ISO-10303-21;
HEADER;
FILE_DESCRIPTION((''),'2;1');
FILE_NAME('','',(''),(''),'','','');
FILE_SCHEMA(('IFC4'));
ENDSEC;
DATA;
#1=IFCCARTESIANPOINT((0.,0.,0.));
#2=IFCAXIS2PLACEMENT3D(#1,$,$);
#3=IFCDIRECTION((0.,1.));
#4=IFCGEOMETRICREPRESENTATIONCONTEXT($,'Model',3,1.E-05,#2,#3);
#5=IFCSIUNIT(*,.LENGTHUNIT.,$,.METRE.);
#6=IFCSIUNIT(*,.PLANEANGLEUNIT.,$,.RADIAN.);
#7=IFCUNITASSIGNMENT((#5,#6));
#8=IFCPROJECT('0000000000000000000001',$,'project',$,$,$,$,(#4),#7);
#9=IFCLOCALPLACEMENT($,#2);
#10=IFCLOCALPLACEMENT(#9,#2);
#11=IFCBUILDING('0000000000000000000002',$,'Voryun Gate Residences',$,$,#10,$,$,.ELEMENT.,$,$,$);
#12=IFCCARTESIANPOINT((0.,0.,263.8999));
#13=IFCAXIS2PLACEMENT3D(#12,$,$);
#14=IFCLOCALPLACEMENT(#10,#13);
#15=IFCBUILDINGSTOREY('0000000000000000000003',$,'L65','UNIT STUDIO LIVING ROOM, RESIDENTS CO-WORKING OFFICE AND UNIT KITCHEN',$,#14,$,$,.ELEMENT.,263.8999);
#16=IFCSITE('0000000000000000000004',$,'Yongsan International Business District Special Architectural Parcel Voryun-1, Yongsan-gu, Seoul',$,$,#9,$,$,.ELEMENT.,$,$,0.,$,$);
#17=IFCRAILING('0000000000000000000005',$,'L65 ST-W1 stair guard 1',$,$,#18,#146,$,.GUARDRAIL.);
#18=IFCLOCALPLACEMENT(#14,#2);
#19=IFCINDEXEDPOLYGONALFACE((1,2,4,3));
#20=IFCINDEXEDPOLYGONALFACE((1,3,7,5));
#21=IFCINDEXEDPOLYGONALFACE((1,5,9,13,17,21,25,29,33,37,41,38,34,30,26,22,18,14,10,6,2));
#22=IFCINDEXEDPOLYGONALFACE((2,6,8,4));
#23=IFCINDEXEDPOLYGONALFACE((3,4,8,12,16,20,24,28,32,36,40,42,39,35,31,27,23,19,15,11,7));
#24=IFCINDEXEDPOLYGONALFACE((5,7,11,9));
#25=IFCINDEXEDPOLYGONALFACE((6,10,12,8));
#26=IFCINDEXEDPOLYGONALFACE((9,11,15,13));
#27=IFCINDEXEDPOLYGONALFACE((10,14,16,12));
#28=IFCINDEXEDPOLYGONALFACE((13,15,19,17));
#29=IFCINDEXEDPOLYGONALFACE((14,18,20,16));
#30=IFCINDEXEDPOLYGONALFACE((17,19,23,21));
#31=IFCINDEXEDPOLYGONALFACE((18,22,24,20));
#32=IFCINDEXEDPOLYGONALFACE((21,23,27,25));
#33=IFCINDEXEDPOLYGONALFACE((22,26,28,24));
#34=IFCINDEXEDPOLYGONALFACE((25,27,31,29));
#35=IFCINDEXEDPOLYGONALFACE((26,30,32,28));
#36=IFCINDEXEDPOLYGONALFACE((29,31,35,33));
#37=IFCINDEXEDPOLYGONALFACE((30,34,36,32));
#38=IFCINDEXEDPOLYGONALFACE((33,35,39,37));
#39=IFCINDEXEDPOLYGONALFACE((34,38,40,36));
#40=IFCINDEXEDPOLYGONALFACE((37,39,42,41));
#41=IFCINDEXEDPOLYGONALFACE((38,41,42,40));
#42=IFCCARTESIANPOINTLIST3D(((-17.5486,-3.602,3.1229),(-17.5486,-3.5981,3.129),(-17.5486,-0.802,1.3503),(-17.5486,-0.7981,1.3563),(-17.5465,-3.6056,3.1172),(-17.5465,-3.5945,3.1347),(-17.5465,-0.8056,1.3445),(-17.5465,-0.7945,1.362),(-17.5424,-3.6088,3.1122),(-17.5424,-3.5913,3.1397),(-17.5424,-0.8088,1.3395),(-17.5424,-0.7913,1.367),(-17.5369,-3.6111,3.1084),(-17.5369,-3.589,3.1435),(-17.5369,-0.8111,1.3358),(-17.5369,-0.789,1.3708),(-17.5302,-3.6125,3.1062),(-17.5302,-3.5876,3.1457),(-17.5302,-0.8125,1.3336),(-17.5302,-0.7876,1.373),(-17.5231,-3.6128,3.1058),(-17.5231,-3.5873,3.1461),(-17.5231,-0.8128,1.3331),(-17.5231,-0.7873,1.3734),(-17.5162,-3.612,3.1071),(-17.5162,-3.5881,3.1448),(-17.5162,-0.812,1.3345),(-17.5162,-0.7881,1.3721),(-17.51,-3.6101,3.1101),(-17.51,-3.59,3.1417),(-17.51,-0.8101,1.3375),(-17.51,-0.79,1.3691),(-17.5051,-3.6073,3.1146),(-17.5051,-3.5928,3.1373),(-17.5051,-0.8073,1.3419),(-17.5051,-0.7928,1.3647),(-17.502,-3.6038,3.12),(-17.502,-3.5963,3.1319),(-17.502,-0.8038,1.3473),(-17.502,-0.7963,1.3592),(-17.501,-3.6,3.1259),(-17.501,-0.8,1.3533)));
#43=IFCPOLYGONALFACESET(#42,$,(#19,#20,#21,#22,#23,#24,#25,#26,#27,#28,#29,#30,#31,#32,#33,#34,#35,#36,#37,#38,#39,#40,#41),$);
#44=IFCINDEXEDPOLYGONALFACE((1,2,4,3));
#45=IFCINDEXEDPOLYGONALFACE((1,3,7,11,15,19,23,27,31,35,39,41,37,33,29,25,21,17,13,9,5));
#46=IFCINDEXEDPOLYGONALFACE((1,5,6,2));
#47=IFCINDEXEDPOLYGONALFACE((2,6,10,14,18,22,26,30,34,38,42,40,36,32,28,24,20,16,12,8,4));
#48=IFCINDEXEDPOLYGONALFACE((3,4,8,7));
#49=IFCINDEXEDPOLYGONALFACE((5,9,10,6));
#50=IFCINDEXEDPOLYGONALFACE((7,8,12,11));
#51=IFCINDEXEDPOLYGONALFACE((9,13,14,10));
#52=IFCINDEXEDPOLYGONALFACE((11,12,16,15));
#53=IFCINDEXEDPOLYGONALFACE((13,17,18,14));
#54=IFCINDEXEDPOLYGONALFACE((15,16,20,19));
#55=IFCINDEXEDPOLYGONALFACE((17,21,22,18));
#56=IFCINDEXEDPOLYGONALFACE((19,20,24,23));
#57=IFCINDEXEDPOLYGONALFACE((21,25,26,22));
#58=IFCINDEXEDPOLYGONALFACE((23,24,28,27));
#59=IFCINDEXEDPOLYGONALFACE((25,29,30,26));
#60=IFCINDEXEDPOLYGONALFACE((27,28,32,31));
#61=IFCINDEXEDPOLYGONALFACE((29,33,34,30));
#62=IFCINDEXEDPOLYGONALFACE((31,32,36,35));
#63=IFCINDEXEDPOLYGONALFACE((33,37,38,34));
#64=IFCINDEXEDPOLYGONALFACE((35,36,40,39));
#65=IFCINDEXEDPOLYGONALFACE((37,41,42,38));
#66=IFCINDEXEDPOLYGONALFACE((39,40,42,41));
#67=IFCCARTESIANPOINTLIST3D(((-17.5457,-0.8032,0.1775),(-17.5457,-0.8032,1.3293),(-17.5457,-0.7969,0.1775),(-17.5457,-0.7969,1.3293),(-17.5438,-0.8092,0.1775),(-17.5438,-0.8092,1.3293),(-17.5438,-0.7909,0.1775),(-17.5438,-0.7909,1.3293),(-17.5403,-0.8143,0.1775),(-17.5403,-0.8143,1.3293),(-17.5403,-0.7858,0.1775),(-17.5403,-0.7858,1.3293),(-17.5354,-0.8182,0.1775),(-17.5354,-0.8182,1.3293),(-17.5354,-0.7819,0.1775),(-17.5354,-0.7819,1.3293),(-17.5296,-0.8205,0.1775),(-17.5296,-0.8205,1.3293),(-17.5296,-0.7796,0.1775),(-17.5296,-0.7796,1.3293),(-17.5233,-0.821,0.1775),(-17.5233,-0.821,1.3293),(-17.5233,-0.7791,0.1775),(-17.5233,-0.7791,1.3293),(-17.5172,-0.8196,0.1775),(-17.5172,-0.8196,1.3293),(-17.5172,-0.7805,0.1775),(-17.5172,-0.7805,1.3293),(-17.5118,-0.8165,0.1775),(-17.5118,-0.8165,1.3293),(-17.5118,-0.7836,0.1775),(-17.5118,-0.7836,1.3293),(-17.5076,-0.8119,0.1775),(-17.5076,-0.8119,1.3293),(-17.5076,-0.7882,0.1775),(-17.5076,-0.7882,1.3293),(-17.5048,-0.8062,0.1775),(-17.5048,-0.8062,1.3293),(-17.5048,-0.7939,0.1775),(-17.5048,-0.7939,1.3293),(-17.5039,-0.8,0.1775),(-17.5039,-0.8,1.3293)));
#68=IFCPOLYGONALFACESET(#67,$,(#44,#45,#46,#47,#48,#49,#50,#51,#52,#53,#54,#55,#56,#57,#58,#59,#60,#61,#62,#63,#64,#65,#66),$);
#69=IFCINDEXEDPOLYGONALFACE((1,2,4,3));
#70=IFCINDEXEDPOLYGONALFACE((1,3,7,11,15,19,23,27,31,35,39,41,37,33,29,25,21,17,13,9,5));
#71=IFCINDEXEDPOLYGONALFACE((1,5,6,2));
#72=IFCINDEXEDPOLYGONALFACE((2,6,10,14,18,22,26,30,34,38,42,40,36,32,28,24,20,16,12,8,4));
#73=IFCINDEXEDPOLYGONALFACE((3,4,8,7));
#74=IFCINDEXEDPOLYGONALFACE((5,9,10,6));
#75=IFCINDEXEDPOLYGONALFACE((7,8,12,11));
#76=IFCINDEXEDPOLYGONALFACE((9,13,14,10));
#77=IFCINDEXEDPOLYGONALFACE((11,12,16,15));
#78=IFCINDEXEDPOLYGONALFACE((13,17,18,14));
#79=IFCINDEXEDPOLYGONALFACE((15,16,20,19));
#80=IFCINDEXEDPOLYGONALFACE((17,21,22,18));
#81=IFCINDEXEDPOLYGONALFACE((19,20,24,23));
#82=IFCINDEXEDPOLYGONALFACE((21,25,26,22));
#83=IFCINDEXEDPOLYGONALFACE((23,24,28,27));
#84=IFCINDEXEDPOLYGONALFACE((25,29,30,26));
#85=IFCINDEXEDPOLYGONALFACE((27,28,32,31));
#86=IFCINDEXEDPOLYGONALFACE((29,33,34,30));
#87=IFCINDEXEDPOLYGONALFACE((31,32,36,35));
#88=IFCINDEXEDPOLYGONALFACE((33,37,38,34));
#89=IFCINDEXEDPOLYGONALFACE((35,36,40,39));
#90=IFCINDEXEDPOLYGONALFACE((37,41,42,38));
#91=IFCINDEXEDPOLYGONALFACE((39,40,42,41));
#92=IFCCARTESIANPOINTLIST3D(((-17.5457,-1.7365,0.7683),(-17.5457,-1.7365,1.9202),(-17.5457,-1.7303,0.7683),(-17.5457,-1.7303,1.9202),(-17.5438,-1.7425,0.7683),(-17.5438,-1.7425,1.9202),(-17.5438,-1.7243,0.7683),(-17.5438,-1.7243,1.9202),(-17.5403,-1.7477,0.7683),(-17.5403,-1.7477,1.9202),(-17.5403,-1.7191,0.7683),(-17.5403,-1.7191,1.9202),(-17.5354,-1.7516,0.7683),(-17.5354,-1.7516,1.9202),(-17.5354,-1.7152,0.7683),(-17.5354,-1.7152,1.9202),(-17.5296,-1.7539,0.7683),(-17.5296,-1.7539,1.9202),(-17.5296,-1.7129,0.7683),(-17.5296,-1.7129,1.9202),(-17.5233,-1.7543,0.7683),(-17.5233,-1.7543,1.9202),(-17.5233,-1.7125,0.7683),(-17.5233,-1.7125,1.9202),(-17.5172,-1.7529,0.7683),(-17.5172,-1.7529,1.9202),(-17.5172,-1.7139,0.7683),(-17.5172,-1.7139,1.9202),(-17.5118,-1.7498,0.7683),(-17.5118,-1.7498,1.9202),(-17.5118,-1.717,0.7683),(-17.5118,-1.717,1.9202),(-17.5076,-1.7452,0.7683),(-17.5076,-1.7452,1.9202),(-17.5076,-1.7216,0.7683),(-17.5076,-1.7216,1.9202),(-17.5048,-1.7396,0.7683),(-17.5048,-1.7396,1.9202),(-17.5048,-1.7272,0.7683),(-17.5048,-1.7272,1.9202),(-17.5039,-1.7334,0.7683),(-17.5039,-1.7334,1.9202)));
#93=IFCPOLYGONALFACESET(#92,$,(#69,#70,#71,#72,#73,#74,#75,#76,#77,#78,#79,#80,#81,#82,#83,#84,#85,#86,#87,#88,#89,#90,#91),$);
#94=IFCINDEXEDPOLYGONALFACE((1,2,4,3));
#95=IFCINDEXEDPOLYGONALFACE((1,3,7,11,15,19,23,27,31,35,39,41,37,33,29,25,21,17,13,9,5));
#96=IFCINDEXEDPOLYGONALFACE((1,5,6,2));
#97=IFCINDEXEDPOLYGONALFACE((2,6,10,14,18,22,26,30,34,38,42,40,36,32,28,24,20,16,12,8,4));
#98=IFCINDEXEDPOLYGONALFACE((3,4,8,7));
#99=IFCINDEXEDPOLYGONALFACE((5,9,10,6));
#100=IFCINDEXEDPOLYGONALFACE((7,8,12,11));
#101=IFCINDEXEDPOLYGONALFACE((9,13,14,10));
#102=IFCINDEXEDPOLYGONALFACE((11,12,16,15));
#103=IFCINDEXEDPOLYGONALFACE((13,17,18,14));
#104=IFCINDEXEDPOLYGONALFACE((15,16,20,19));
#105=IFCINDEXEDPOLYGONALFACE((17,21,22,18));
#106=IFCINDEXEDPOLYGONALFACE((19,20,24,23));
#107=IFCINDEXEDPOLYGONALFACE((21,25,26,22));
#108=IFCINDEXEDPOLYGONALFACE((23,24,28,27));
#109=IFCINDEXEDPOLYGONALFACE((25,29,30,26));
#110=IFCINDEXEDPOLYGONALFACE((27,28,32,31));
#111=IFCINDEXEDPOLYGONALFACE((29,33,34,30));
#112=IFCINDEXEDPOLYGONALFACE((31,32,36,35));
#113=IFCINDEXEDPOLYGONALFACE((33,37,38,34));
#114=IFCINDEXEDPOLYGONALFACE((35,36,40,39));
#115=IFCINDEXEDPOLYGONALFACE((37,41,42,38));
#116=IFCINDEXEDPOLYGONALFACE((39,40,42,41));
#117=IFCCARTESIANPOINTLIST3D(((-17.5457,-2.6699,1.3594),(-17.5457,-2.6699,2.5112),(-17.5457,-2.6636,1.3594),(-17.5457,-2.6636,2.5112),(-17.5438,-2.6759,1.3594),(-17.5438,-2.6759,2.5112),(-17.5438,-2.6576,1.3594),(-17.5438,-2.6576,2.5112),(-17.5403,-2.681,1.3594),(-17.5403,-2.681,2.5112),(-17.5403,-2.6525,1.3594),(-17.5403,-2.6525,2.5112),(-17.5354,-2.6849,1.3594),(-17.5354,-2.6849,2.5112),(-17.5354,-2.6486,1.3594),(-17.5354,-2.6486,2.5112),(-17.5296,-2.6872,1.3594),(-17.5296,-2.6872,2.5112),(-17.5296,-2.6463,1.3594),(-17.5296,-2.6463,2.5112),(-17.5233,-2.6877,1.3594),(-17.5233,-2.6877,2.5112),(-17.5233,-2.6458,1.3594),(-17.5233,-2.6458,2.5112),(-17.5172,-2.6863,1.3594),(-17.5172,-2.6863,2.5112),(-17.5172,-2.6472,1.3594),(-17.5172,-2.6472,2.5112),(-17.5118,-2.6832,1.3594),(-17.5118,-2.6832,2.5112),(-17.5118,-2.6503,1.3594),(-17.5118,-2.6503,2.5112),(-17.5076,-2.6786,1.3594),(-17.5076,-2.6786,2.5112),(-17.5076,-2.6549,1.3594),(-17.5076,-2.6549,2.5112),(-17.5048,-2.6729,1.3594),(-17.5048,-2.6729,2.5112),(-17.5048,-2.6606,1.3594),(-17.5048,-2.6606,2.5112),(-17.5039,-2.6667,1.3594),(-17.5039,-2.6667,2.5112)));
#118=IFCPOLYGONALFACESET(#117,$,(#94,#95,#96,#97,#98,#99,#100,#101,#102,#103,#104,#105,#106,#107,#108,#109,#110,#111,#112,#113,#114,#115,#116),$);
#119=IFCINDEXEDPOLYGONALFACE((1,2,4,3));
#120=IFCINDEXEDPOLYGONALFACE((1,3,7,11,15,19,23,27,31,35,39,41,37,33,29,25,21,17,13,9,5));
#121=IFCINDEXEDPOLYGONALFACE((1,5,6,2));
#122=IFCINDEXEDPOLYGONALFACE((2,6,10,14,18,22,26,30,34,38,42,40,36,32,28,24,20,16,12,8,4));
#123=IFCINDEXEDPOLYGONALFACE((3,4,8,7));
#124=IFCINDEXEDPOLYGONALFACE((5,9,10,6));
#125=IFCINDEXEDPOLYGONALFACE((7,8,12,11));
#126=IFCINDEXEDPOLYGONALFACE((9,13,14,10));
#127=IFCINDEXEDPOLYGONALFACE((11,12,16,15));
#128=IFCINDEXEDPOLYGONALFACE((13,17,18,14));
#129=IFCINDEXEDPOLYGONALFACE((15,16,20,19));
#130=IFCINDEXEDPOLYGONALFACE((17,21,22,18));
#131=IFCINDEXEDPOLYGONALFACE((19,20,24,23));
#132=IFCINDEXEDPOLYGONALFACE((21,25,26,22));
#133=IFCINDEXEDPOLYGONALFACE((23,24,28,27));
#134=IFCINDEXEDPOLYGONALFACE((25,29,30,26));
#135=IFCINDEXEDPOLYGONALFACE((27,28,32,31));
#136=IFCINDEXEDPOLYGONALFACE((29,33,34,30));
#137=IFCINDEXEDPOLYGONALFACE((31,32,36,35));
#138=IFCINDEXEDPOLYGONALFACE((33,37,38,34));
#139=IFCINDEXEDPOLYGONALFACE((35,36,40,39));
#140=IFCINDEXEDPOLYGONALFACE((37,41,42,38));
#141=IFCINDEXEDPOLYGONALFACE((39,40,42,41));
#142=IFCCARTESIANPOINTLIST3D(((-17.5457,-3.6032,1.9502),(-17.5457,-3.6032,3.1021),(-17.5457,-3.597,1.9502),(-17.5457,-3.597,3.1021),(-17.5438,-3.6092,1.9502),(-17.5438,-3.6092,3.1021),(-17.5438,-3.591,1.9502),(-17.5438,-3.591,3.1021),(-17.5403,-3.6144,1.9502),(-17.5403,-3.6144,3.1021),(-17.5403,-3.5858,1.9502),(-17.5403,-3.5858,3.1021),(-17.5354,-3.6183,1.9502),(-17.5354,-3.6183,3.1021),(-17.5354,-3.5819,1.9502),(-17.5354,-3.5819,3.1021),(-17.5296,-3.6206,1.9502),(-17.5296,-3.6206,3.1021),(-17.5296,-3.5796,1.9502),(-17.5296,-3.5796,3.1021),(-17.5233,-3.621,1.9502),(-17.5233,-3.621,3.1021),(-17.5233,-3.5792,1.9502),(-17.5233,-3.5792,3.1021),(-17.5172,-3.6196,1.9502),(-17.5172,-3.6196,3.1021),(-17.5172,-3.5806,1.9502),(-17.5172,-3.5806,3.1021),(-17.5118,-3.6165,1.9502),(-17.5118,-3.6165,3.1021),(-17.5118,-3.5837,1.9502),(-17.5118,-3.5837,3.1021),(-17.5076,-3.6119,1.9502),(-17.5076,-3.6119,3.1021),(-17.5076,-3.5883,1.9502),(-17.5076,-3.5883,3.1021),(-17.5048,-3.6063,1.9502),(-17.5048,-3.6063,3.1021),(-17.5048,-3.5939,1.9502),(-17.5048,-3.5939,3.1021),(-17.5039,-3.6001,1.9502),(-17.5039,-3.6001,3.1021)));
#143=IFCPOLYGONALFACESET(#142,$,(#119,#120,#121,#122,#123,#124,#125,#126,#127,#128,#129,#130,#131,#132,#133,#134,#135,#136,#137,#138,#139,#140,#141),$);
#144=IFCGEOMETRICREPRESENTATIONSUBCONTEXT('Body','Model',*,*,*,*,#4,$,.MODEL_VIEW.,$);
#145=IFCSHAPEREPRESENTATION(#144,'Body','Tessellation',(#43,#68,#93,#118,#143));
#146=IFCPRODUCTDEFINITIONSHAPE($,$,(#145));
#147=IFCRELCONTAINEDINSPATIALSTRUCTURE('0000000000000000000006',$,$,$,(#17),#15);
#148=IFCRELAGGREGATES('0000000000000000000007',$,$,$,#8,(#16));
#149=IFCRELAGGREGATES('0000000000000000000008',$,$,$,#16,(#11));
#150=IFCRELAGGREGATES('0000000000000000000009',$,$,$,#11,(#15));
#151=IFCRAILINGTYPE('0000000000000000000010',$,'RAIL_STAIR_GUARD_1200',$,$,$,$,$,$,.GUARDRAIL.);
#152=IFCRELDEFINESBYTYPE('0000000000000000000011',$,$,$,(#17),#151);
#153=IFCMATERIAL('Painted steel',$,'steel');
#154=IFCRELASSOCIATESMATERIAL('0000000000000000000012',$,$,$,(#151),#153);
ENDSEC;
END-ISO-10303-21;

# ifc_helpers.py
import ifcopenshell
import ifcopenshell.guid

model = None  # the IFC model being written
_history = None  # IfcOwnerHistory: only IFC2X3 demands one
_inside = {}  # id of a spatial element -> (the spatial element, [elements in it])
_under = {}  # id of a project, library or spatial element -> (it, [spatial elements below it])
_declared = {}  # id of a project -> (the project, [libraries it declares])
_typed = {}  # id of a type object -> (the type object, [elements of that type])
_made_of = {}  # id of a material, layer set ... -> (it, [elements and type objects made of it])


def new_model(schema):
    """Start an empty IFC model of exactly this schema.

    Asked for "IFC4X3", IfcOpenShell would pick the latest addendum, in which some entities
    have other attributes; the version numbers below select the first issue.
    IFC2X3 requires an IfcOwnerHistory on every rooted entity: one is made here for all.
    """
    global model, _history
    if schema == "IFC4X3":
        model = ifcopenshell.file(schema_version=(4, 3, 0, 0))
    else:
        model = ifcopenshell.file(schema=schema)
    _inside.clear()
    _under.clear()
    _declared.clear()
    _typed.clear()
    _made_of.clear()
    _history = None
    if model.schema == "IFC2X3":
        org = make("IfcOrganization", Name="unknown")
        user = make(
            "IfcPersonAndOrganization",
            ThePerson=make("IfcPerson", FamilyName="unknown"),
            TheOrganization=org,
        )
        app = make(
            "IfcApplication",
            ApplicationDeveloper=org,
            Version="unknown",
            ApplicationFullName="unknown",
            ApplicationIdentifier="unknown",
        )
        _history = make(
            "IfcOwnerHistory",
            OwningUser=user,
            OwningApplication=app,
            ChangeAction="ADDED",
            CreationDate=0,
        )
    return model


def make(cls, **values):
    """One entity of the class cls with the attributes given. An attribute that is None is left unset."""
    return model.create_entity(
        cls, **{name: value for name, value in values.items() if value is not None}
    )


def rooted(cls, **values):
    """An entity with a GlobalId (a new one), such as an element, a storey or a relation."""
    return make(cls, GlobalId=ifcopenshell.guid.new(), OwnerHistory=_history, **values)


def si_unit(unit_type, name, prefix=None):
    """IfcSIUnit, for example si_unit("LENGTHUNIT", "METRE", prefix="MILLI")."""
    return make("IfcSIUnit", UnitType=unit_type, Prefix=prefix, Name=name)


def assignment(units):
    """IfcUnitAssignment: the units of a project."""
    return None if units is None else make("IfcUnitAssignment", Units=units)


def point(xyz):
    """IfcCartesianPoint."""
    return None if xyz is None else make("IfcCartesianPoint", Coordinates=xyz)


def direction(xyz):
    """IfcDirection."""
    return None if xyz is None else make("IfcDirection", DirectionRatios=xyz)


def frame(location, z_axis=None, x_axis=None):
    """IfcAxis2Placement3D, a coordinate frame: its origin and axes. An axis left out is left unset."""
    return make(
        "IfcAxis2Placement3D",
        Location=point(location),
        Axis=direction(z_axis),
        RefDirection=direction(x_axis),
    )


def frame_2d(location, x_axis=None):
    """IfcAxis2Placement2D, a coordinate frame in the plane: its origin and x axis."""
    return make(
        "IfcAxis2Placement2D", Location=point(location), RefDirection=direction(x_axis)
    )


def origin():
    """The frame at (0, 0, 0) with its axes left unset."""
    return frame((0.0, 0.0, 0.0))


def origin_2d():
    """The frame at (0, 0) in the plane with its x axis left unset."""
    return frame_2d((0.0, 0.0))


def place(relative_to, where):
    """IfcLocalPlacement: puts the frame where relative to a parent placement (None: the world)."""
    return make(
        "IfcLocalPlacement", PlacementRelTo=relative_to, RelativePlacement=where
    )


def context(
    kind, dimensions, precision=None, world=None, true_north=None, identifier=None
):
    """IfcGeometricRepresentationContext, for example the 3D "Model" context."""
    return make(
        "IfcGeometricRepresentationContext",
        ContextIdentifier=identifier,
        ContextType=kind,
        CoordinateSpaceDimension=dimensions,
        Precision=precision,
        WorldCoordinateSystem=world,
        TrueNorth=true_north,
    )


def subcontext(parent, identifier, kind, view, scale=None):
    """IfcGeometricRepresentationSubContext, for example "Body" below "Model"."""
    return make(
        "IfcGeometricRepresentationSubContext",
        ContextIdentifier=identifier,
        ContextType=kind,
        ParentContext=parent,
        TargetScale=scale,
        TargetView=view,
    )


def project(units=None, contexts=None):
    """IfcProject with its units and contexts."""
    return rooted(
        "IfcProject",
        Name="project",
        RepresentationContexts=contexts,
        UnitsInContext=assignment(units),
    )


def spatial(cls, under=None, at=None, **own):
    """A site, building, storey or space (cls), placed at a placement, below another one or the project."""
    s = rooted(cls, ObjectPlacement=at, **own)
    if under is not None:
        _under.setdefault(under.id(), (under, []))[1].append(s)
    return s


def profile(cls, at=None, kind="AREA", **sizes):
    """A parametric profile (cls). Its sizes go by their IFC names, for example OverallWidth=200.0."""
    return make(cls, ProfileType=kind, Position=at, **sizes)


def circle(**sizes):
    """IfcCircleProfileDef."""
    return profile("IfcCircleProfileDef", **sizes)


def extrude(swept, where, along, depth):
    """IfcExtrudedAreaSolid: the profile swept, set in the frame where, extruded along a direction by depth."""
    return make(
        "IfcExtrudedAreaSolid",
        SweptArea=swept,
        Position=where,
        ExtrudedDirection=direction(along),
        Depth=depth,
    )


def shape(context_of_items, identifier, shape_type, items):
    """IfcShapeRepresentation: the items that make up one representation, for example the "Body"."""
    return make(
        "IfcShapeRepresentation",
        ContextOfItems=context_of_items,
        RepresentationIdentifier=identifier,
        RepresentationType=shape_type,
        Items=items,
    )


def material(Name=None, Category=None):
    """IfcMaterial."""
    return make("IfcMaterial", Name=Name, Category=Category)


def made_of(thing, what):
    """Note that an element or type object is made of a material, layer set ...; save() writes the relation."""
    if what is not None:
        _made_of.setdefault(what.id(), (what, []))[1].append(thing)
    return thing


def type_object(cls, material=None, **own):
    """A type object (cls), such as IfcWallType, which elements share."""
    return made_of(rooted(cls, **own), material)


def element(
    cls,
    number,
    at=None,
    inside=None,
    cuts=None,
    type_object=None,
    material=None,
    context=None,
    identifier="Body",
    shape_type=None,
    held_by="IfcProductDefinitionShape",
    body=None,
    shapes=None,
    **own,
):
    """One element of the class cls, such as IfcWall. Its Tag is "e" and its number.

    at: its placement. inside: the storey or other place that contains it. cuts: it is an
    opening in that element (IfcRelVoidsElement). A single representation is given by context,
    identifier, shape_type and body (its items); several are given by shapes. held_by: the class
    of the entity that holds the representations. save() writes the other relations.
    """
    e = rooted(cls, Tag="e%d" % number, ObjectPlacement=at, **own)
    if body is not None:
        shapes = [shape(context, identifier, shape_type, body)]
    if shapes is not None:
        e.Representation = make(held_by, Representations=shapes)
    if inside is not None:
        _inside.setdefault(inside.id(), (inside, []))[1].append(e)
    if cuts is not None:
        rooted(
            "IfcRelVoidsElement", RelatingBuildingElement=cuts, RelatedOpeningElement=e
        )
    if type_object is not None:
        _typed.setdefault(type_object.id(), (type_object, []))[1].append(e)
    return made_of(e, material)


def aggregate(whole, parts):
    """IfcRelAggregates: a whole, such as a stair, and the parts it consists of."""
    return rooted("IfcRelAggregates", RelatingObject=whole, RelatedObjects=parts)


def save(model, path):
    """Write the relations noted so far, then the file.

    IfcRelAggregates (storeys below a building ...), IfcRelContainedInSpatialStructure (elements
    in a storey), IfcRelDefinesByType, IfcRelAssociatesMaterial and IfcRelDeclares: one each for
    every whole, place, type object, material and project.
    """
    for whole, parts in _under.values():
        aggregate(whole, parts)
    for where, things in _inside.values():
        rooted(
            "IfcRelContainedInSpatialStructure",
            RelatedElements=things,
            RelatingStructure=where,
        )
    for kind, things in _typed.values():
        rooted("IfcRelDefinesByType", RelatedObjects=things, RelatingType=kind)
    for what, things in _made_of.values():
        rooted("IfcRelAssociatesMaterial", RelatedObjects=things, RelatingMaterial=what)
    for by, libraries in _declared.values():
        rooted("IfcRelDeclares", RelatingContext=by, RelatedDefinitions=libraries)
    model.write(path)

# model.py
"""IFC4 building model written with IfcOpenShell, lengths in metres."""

from ifc_helpers import new_model, si_unit, direction, frame, origin, origin_2d, place, context, subcontext, project, spatial, circle, extrude, material, type_object, element, save


model = new_model("IFC4")

# Units and contexts
model_context = context("Model", 3, precision=1e-05, world=origin(), true_north=direction((0.0, 1.0)))
body_context = subcontext(model_context, "Body", "Model", "MODEL_VIEW")
ifc_project = project(units=[si_unit("LENGTHUNIT", "METRE"), si_unit("PLANEANGLEUNIT", "RADIAN")], contexts=[model_context])

# Site, building, storey
site_placement = place(None, origin())
site = spatial("IfcSite", under=ifc_project, at=site_placement, Name="Yongsan International Business District Special Architectural Parcel Voryun-1, Yongsan-gu, Seoul", CompositionType="ELEMENT", RefElevation=0.0)
building_placement = place(site_placement, origin())
building = spatial("IfcBuilding", under=site, at=building_placement, Name="Voryun Gate Residences", CompositionType="ELEMENT")
storey_placement = place(building_placement, frame((0.0, 0.0, 263.8999)))
storey = spatial("IfcBuildingStorey", under=building, at=storey_placement, Name="L65", Description="UNIT STUDIO LIVING ROOM, RESIDENTS CO-WORKING OFFICE AND UNIT KITCHEN", CompositionType="ELEMENT", Elevation=263.8999)

# Railing
ifc_material_1 = material(Name="Painted steel", Category="steel")
railing_type_1 = type_object("IfcRailingType", Name="RAIL_STAIR_GUARD_1200", PredefinedType="GUARDRAIL", material=ifc_material_1)
railing_1_placement = place(storey_placement, frame((-17.5249, -0.8, 0.1775)))
element("IfcRailing", 1, at=railing_1_placement, inside=storey, type_object=railing_type_1, Name="L65 ST-W1 stair guard 1", PredefinedType="GUARDRAIL", context=body_context, shape_type="SweptSolid", body=[
    extrude(circle(Radius=0.0239, at=origin_2d()), frame((0.0, 0.0, 1.1758), z_axis=(0.0, -0.844909, 0.53491), x_axis=(1.0, 0.0, 0.0)), (0.0, 0.0, 1.0), 3.314),
    extrude(circle(Radius=0.021, at=origin_2d()), origin(), (0.0, 0.0, 1.0), 1.1519),
    extrude(circle(Radius=0.021, at=origin_2d()), frame((0.0, -0.9333, 0.5908)), (0.0, 0.0, 1.0), 1.1519),
    extrude(circle(Radius=0.021, at=origin_2d()), frame((0.0, -1.8667, 1.1819)), (0.0, 0.0, 1.0), 1.1519),
    extrude(circle(Radius=0.021, at=origin_2d()), frame((0.0, -2.8, 1.7727)), (0.0, 0.0, 1.0), 1.1519),
])

save(model, "model.ifc")
